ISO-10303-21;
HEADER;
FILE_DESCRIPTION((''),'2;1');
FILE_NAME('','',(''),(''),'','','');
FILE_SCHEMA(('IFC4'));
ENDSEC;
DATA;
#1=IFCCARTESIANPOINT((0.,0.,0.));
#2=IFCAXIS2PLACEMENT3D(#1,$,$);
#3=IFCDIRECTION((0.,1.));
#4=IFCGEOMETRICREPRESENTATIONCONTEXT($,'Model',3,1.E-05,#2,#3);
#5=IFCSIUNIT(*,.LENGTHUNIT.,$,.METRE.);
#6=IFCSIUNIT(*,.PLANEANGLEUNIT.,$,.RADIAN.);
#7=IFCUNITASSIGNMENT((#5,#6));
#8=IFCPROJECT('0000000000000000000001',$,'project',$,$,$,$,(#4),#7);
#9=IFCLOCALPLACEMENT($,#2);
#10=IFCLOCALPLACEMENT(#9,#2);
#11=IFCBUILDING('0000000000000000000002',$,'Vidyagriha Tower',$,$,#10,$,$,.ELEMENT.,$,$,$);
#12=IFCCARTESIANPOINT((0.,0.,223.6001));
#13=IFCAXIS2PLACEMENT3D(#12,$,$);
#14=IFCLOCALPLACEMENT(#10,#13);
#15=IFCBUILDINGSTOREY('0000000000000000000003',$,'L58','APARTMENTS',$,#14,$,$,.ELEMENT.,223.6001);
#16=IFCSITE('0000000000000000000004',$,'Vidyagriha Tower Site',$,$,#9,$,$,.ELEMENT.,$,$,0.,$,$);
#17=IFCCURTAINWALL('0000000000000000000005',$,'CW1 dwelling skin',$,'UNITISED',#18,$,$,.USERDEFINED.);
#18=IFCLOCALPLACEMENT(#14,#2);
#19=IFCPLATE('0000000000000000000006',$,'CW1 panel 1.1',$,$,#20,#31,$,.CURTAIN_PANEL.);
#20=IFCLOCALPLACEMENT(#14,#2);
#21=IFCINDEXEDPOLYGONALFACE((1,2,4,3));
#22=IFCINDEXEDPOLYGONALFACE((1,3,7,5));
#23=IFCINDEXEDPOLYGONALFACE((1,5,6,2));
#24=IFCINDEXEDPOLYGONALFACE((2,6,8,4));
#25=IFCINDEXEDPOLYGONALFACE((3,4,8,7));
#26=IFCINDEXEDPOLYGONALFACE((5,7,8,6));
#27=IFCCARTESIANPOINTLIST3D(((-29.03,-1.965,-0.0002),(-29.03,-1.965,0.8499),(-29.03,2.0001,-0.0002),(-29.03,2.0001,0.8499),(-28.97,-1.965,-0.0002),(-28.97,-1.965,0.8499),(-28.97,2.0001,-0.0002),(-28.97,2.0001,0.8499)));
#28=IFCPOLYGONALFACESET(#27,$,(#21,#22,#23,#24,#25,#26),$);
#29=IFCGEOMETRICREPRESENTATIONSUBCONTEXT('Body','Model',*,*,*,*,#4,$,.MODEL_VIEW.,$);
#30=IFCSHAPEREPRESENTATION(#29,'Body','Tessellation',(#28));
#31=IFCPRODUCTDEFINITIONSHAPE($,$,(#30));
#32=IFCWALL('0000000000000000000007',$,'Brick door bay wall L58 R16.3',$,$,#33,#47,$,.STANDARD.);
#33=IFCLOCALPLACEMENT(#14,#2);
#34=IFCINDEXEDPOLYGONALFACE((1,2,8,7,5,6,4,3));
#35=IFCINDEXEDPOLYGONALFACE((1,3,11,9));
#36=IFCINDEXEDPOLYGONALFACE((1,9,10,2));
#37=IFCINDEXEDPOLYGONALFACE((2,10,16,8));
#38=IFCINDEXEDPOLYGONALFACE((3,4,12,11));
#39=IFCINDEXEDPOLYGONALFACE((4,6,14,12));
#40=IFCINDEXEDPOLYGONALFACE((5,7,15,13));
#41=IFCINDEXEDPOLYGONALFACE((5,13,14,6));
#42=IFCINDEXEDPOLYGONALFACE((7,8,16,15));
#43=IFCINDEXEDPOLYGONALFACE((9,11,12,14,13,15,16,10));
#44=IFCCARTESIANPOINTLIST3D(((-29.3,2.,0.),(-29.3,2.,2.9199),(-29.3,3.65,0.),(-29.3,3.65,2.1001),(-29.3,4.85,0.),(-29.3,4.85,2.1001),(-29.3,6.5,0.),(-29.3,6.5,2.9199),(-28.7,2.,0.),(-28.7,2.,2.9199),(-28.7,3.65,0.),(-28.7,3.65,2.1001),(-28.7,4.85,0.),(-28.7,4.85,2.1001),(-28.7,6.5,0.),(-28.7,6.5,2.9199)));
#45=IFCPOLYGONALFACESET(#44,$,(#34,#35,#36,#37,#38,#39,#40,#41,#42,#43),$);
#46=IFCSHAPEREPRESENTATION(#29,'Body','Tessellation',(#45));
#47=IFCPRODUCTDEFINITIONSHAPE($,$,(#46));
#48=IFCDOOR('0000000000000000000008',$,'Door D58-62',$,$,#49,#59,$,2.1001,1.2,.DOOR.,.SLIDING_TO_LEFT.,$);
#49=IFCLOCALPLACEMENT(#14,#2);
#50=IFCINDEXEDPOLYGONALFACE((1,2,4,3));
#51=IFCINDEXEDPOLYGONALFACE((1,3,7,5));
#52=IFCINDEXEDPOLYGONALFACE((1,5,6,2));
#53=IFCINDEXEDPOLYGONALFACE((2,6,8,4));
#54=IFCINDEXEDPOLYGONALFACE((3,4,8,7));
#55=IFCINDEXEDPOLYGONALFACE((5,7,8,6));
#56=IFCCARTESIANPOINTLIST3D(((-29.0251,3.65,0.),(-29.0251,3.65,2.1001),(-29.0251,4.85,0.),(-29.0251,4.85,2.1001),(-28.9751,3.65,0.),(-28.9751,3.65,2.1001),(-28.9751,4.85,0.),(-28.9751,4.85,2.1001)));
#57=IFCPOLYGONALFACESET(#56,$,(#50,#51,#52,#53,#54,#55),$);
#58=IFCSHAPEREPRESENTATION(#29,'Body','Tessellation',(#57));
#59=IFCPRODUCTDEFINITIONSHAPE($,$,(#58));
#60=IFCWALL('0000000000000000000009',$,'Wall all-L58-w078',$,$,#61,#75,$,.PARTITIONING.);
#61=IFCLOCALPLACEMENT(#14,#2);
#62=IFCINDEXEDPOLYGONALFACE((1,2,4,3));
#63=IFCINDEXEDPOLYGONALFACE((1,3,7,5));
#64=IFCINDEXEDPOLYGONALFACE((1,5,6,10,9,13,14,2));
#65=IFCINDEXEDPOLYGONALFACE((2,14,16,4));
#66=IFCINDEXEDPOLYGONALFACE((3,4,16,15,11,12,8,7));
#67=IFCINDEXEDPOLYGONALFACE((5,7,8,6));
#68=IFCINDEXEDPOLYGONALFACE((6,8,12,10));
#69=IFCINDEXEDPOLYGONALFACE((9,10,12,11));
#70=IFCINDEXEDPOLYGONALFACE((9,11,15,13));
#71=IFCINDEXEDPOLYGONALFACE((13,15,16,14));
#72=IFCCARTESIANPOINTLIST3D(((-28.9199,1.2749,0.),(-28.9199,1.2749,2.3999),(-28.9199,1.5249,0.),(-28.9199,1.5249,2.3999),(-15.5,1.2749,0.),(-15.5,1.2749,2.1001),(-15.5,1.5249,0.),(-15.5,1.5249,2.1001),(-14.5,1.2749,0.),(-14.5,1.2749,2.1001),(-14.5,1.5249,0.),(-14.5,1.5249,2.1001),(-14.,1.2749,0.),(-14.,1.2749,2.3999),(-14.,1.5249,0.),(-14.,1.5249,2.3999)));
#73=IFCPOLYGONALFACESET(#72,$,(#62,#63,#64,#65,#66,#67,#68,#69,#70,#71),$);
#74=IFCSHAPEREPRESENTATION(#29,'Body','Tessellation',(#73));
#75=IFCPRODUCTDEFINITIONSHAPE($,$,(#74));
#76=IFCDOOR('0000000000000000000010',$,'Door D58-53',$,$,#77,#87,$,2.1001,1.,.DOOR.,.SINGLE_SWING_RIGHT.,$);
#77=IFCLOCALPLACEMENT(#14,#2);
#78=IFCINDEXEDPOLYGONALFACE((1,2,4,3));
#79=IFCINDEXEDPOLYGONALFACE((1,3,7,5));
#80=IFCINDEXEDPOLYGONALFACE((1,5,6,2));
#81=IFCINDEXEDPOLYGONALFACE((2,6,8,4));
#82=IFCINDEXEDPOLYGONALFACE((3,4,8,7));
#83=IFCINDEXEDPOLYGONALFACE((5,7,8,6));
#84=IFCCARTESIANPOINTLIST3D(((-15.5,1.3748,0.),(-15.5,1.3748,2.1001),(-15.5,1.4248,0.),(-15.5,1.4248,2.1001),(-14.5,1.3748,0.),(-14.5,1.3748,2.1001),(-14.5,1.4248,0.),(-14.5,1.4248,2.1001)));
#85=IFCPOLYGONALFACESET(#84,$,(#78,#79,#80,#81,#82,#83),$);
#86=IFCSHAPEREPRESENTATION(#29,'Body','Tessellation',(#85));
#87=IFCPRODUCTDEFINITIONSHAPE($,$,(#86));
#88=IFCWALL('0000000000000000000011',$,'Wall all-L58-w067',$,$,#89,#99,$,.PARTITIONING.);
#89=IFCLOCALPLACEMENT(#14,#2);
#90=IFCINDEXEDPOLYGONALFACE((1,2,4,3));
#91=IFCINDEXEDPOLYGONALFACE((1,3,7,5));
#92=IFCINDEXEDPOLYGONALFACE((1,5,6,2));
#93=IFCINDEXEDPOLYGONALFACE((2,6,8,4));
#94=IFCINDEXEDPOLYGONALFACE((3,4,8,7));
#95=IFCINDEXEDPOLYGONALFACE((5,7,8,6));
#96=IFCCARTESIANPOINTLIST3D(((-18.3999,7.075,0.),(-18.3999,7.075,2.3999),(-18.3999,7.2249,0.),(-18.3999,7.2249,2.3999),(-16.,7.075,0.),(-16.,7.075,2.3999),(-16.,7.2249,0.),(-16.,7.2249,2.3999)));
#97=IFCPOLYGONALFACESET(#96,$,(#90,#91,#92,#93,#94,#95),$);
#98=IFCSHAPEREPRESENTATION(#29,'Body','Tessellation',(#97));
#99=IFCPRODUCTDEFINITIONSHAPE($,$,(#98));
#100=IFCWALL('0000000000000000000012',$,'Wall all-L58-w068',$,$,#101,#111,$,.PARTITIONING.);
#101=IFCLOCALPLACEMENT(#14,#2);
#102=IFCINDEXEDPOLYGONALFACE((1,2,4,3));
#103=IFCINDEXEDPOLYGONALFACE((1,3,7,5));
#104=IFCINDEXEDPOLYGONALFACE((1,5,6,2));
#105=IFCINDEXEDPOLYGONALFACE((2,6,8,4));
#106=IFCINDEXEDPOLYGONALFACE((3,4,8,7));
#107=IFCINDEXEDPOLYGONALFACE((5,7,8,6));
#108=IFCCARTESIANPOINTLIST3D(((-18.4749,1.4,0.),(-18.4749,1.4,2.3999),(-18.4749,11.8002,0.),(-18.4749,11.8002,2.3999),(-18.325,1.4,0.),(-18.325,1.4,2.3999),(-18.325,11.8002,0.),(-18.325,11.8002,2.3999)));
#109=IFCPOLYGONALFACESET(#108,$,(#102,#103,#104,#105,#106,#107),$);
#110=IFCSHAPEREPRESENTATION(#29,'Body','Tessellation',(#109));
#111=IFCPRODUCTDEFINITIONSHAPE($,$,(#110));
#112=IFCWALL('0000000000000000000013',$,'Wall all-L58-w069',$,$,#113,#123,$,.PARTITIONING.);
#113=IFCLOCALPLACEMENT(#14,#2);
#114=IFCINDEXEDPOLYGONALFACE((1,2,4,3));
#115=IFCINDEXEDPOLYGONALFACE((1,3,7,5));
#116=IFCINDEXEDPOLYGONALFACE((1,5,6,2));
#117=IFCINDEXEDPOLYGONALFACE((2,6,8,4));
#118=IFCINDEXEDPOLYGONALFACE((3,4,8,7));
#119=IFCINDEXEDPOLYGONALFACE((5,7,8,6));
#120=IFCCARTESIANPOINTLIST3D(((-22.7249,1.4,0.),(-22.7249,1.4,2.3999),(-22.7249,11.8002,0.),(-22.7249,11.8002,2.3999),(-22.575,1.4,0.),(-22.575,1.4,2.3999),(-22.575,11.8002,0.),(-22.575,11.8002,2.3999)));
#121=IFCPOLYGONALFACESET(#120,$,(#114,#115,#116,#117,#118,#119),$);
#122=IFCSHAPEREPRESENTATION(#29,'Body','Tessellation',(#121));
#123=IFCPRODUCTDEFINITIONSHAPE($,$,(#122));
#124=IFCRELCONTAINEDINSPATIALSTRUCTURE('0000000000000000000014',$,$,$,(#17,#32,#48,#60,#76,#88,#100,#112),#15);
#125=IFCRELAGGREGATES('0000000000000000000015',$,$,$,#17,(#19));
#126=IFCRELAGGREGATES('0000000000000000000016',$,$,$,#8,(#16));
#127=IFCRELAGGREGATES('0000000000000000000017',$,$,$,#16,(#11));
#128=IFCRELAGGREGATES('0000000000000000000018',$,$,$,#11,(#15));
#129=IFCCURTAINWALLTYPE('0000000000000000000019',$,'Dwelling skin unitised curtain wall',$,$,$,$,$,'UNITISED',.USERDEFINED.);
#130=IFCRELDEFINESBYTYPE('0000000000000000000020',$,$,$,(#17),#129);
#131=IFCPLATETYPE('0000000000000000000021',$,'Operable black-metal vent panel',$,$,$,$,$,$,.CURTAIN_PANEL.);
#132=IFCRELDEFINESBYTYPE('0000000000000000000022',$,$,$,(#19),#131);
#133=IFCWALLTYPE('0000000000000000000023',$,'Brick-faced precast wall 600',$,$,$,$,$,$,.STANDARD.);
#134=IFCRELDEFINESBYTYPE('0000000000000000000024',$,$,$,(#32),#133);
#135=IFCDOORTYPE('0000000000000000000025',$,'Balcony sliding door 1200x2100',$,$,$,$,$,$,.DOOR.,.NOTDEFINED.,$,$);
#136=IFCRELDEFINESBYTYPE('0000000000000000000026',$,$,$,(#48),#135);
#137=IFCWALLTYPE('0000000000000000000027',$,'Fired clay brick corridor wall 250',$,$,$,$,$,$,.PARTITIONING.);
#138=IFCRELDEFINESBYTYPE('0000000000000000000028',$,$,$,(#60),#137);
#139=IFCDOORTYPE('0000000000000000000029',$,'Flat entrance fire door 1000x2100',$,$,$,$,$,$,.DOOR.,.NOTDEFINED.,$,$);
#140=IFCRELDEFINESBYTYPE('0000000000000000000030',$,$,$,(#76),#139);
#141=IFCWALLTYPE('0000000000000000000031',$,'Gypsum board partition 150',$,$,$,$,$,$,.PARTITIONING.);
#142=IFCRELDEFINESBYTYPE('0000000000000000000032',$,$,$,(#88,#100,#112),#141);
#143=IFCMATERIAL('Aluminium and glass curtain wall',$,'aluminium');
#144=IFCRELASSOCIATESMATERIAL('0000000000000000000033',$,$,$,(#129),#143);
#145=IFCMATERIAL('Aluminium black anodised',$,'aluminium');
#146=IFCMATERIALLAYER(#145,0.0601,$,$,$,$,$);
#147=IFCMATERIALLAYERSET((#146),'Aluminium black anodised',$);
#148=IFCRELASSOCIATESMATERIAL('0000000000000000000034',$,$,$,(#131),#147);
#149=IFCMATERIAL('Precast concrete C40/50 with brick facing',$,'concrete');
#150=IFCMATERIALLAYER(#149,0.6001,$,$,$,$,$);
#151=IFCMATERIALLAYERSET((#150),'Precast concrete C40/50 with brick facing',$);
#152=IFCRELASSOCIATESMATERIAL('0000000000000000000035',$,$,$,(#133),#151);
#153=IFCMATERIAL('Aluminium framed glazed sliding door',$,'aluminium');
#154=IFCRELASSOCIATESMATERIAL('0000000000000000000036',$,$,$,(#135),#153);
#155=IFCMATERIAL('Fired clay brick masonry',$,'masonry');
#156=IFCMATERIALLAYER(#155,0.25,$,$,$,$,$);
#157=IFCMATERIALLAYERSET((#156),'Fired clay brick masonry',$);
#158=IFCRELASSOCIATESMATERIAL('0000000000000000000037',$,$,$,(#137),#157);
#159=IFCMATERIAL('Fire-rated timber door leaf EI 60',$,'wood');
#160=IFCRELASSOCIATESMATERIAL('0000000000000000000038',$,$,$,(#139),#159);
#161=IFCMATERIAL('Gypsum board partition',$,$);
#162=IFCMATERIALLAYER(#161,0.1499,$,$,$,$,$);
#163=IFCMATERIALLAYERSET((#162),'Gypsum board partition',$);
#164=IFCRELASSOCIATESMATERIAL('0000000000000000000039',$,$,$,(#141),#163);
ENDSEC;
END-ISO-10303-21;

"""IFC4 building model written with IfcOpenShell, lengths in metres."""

from ifc_helpers import new_model, si_unit, direction, frame, frame_2d, origin, origin_2d, place, context, subcontext, project, spatial, rectangle, extrude, material, layer, layer_set, type_object, element, fill, aggregate, save


model = new_model("IFC4")

# Units and contexts
model_context = context("Model", 3, precision=1e-05, world=origin(), true_north=direction((0.0, 1.0)))
body_context = subcontext(model_context, "Body", "Model", "MODEL_VIEW")
ifc_project = project(units=[si_unit("LENGTHUNIT", "METRE"), si_unit("PLANEANGLEUNIT", "RADIAN")], contexts=[model_context])

# Site, building, storey
site_placement = place(None, origin())
site = spatial("IfcSite", under=ifc_project, at=site_placement, Name="Vidyagriha Tower Site", CompositionType="ELEMENT", RefElevation=0.0)
building_placement = place(site_placement, origin())
building = spatial("IfcBuilding", under=site, at=building_placement, Name="Vidyagriha Tower", CompositionType="ELEMENT")
storey_placement = place(building_placement, frame((0.0, 0.0, 223.6001)))
storey = spatial("IfcBuildingStorey", under=building, at=storey_placement, Name="L58", Description="APARTMENTS", CompositionType="ELEMENT", Elevation=223.6001)

# Shared definitions
ifc_material_1 = material(Name="Aluminium and glass curtain wall", Category="aluminium")
curtain_wall_type = type_object("IfcCurtainWallType", Name="Dwelling skin unitised curtain wall", ElementType="UNITISED", PredefinedType="USERDEFINED", material=ifc_material_1)

# Curtain wall
curtain_wall_1_placement = place(storey_placement, origin())
curtain_wall_1 = element("IfcCurtainWall", 1, at=curtain_wall_1_placement, inside=storey, type_object=curtain_wall_type, Name="CW1 dwelling skin", ObjectType="UNITISED", PredefinedType="USERDEFINED")

# Plate
ifc_material_2 = material(Name="Aluminium black anodised", Category="aluminium")
ifc_layer_1 = layer(ifc_material_2, 0.0601)
ifc_layer_set_1 = layer_set([ifc_layer_1], Name="Aluminium black anodised")
plate_type_1 = type_object("IfcPlateType", Name="Operable black-metal vent panel", PredefinedType="CURTAIN_PANEL", material=ifc_layer_set_1)
plate_1_placement = place(storey_placement, frame((-29.0, 0.0176, -0.0002), z_axis=(0.0, 0.0, 1.0), x_axis=(0.0, -1.0, 0.0)))
plate_1 = element("IfcPlate", 2, at=plate_1_placement, type_object=plate_type_1, Name="CW1 panel 1.1", PredefinedType="CURTAIN_PANEL", context=body_context, shape_type="SweptSolid", body=[
    extrude(rectangle(XDim=3.9651, YDim=0.0601, at=origin_2d()), origin(), (0.0, 0.0, 1.0), 0.8501),
])
aggregate(curtain_wall_1, [plate_1])

# Walls, openings, doors
ifc_material_3 = material(Name="Precast concrete C40/50 with brick facing", Category="concrete")
ifc_layer_2 = layer(ifc_material_3, 0.6001)
ifc_layer_set_2 = layer_set([ifc_layer_2], Name="Precast concrete C40/50 with brick facing")
wall_type_1 = type_object("IfcWallType", Name="Brick-faced precast wall 600", PredefinedType="STANDARD", material=ifc_layer_set_2)
wall_1_placement = place(storey_placement, frame((-29.0, 6.5, 0.0), z_axis=(0.0, 0.0, 1.0), x_axis=(0.0, -1.0, 0.0)))
wall_1 = element("IfcWall", 3, at=wall_1_placement, inside=storey, type_object=wall_type_1, Name="Brick door bay wall L58 R16.3", PredefinedType="STANDARD", context=body_context, shape_type="SweptSolid", body=[
    extrude(rectangle(XDim=4.5, YDim=0.6001, at=frame_2d((2.25, 0.0))), origin(), (0.0, 0.0, 1.0), 2.9199),
])
opening_1_placement = place(wall_1_placement, frame((1.6499, 0.0, 0.0)))
opening_1 = element("IfcOpeningElement", 4, at=opening_1_placement, cuts=wall_1, PredefinedType="OPENING", context=body_context, shape_type="SweptSolid", body=[
    extrude(rectangle(XDim=1.2, YDim=2.1001, at=frame_2d((0.6001, 1.05))), frame((0.0, 0.3101, 0.0), z_axis=(0.0, -1.0, 0.0), x_axis=(1.0, 0.0, 0.0)), (0.0, 0.0, 1.0), 0.6201),
])
ifc_material_4 = material(Name="Aluminium framed glazed sliding door", Category="aluminium")
door_type_1 = type_object("IfcDoorType", Name="Balcony sliding door 1200x2100", OperationType="NOTDEFINED", PredefinedType="DOOR", material=ifc_material_4)
door_1_placement = place(opening_1_placement, origin())
door_1 = element("IfcDoor", 5, at=door_1_placement, inside=storey, type_object=door_type_1, Name="Door D58-62", OperationType="SLIDING_TO_LEFT", OverallHeight=2.1001, OverallWidth=1.2, PredefinedType="DOOR", context=body_context, shape_type="SweptSolid", body=[
    extrude(rectangle(XDim=1.2, YDim=2.1001, at=frame_2d((0.6001, 1.05))), frame((0.0, 0.0249, 0.0), z_axis=(0.0, -1.0, 0.0), x_axis=(1.0, 0.0, 0.0)), (0.0, 0.0, 1.0), 0.05),
])
fill(opening_1, door_1)
ifc_material_5 = material(Name="Fired clay brick masonry", Category="masonry")
ifc_layer_3 = layer(ifc_material_5, 0.25)
ifc_layer_set_3 = layer_set([ifc_layer_3], Name="Fired clay brick masonry")
wall_type_2 = type_object("IfcWallType", Name="Fired clay brick corridor wall 250", PredefinedType="PARTITIONING", material=ifc_layer_set_3)
wall_2_placement = place(storey_placement, frame((-28.9199, 1.3999, 0.0)))
wall_2 = element("IfcWall", 6, at=wall_2_placement, inside=storey, type_object=wall_type_2, Name="Wall all-L58-w078", PredefinedType="PARTITIONING", context=body_context, shape_type="SweptSolid", body=[
    extrude(rectangle(XDim=14.9199, YDim=0.25, at=frame_2d((7.46, 0.0))), origin(), (0.0, 0.0, 1.0), 2.3999),
])
opening_2_placement = place(wall_2_placement, frame((13.4199, 0.0, 0.0)))
opening_2 = element("IfcOpeningElement", 7, at=opening_2_placement, cuts=wall_2, PredefinedType="OPENING", context=body_context, shape_type="SweptSolid", body=[
    extrude(rectangle(XDim=1.0, YDim=2.1001, at=frame_2d((0.5, 1.05))), frame((0.0, 0.135, 0.0), z_axis=(0.0, -1.0, 0.0), x_axis=(1.0, 0.0, 0.0)), (0.0, 0.0, 1.0), 0.27),
])
ifc_material_6 = material(Name="Fire-rated timber door leaf EI 60", Category="wood")
door_type_2 = type_object("IfcDoorType", Name="Flat entrance fire door 1000x2100", OperationType="NOTDEFINED", PredefinedType="DOOR", material=ifc_material_6)
door_2_placement = place(opening_2_placement, origin())
door_2 = element("IfcDoor", 8, at=door_2_placement, inside=storey, type_object=door_type_2, Name="Door D58-53", OperationType="SINGLE_SWING_RIGHT", OverallHeight=2.1001, OverallWidth=1.0, PredefinedType="DOOR", context=body_context, shape_type="SweptSolid", body=[
    extrude(rectangle(XDim=1.0, YDim=2.1001, at=frame_2d((0.5, 1.05))), frame((0.0, 0.0249, 0.0), z_axis=(0.0, -1.0, 0.0), x_axis=(1.0, 0.0, 0.0)), (0.0, 0.0, 1.0), 0.05),
])
fill(opening_2, door_2)

# Walls
ifc_material_7 = material(Name="Gypsum board partition")
ifc_layer_4 = layer(ifc_material_7, 0.1499)
ifc_layer_set_4 = layer_set([ifc_layer_4], Name="Gypsum board partition")
wall_type_3 = type_object("IfcWallType", Name="Gypsum board partition 150", PredefinedType="PARTITIONING", material=ifc_layer_set_4)
wall_3_placement = place(storey_placement, frame((-18.3999, 7.1499, 0.0)))
element("IfcWall", 9, at=wall_3_placement, inside=storey, type_object=wall_type_3, Name="Wall all-L58-w067", PredefinedType="PARTITIONING", context=body_context, shape_type="SweptSolid", body=[
    extrude(rectangle(XDim=2.3999, YDim=0.1499, at=frame_2d((1.2, 0.0))), origin(), (0.0, 0.0, 1.0), 2.3999),
])
for number, where, z_axis, x_axis, name in (
    (10, (-18.3999, 1.3999, 0.0), (0.0, 0.0, 1.0), (0.0, 1.0, 0.0), "Wall all-L58-w068"),
    (11, (-22.6499, 1.3999, 0.0), (0.0, 0.0, 1.0), (0.0, 1.0, 0.0), "Wall all-L58-w069"),
):
    element("IfcWall", number, at=place(storey_placement, frame(where, z_axis=z_axis, x_axis=x_axis)), inside=storey, type_object=wall_type_3, Name=name, PredefinedType="PARTITIONING", context=body_context, shape_type="SweptSolid", body=[
        extrude(rectangle(XDim=10.4001, YDim=0.1499, at=frame_2d((5.2002, 0.0))), origin(), (0.0, 0.0, 1.0), 2.3999),
    ])

save(model, "model.ifc")
